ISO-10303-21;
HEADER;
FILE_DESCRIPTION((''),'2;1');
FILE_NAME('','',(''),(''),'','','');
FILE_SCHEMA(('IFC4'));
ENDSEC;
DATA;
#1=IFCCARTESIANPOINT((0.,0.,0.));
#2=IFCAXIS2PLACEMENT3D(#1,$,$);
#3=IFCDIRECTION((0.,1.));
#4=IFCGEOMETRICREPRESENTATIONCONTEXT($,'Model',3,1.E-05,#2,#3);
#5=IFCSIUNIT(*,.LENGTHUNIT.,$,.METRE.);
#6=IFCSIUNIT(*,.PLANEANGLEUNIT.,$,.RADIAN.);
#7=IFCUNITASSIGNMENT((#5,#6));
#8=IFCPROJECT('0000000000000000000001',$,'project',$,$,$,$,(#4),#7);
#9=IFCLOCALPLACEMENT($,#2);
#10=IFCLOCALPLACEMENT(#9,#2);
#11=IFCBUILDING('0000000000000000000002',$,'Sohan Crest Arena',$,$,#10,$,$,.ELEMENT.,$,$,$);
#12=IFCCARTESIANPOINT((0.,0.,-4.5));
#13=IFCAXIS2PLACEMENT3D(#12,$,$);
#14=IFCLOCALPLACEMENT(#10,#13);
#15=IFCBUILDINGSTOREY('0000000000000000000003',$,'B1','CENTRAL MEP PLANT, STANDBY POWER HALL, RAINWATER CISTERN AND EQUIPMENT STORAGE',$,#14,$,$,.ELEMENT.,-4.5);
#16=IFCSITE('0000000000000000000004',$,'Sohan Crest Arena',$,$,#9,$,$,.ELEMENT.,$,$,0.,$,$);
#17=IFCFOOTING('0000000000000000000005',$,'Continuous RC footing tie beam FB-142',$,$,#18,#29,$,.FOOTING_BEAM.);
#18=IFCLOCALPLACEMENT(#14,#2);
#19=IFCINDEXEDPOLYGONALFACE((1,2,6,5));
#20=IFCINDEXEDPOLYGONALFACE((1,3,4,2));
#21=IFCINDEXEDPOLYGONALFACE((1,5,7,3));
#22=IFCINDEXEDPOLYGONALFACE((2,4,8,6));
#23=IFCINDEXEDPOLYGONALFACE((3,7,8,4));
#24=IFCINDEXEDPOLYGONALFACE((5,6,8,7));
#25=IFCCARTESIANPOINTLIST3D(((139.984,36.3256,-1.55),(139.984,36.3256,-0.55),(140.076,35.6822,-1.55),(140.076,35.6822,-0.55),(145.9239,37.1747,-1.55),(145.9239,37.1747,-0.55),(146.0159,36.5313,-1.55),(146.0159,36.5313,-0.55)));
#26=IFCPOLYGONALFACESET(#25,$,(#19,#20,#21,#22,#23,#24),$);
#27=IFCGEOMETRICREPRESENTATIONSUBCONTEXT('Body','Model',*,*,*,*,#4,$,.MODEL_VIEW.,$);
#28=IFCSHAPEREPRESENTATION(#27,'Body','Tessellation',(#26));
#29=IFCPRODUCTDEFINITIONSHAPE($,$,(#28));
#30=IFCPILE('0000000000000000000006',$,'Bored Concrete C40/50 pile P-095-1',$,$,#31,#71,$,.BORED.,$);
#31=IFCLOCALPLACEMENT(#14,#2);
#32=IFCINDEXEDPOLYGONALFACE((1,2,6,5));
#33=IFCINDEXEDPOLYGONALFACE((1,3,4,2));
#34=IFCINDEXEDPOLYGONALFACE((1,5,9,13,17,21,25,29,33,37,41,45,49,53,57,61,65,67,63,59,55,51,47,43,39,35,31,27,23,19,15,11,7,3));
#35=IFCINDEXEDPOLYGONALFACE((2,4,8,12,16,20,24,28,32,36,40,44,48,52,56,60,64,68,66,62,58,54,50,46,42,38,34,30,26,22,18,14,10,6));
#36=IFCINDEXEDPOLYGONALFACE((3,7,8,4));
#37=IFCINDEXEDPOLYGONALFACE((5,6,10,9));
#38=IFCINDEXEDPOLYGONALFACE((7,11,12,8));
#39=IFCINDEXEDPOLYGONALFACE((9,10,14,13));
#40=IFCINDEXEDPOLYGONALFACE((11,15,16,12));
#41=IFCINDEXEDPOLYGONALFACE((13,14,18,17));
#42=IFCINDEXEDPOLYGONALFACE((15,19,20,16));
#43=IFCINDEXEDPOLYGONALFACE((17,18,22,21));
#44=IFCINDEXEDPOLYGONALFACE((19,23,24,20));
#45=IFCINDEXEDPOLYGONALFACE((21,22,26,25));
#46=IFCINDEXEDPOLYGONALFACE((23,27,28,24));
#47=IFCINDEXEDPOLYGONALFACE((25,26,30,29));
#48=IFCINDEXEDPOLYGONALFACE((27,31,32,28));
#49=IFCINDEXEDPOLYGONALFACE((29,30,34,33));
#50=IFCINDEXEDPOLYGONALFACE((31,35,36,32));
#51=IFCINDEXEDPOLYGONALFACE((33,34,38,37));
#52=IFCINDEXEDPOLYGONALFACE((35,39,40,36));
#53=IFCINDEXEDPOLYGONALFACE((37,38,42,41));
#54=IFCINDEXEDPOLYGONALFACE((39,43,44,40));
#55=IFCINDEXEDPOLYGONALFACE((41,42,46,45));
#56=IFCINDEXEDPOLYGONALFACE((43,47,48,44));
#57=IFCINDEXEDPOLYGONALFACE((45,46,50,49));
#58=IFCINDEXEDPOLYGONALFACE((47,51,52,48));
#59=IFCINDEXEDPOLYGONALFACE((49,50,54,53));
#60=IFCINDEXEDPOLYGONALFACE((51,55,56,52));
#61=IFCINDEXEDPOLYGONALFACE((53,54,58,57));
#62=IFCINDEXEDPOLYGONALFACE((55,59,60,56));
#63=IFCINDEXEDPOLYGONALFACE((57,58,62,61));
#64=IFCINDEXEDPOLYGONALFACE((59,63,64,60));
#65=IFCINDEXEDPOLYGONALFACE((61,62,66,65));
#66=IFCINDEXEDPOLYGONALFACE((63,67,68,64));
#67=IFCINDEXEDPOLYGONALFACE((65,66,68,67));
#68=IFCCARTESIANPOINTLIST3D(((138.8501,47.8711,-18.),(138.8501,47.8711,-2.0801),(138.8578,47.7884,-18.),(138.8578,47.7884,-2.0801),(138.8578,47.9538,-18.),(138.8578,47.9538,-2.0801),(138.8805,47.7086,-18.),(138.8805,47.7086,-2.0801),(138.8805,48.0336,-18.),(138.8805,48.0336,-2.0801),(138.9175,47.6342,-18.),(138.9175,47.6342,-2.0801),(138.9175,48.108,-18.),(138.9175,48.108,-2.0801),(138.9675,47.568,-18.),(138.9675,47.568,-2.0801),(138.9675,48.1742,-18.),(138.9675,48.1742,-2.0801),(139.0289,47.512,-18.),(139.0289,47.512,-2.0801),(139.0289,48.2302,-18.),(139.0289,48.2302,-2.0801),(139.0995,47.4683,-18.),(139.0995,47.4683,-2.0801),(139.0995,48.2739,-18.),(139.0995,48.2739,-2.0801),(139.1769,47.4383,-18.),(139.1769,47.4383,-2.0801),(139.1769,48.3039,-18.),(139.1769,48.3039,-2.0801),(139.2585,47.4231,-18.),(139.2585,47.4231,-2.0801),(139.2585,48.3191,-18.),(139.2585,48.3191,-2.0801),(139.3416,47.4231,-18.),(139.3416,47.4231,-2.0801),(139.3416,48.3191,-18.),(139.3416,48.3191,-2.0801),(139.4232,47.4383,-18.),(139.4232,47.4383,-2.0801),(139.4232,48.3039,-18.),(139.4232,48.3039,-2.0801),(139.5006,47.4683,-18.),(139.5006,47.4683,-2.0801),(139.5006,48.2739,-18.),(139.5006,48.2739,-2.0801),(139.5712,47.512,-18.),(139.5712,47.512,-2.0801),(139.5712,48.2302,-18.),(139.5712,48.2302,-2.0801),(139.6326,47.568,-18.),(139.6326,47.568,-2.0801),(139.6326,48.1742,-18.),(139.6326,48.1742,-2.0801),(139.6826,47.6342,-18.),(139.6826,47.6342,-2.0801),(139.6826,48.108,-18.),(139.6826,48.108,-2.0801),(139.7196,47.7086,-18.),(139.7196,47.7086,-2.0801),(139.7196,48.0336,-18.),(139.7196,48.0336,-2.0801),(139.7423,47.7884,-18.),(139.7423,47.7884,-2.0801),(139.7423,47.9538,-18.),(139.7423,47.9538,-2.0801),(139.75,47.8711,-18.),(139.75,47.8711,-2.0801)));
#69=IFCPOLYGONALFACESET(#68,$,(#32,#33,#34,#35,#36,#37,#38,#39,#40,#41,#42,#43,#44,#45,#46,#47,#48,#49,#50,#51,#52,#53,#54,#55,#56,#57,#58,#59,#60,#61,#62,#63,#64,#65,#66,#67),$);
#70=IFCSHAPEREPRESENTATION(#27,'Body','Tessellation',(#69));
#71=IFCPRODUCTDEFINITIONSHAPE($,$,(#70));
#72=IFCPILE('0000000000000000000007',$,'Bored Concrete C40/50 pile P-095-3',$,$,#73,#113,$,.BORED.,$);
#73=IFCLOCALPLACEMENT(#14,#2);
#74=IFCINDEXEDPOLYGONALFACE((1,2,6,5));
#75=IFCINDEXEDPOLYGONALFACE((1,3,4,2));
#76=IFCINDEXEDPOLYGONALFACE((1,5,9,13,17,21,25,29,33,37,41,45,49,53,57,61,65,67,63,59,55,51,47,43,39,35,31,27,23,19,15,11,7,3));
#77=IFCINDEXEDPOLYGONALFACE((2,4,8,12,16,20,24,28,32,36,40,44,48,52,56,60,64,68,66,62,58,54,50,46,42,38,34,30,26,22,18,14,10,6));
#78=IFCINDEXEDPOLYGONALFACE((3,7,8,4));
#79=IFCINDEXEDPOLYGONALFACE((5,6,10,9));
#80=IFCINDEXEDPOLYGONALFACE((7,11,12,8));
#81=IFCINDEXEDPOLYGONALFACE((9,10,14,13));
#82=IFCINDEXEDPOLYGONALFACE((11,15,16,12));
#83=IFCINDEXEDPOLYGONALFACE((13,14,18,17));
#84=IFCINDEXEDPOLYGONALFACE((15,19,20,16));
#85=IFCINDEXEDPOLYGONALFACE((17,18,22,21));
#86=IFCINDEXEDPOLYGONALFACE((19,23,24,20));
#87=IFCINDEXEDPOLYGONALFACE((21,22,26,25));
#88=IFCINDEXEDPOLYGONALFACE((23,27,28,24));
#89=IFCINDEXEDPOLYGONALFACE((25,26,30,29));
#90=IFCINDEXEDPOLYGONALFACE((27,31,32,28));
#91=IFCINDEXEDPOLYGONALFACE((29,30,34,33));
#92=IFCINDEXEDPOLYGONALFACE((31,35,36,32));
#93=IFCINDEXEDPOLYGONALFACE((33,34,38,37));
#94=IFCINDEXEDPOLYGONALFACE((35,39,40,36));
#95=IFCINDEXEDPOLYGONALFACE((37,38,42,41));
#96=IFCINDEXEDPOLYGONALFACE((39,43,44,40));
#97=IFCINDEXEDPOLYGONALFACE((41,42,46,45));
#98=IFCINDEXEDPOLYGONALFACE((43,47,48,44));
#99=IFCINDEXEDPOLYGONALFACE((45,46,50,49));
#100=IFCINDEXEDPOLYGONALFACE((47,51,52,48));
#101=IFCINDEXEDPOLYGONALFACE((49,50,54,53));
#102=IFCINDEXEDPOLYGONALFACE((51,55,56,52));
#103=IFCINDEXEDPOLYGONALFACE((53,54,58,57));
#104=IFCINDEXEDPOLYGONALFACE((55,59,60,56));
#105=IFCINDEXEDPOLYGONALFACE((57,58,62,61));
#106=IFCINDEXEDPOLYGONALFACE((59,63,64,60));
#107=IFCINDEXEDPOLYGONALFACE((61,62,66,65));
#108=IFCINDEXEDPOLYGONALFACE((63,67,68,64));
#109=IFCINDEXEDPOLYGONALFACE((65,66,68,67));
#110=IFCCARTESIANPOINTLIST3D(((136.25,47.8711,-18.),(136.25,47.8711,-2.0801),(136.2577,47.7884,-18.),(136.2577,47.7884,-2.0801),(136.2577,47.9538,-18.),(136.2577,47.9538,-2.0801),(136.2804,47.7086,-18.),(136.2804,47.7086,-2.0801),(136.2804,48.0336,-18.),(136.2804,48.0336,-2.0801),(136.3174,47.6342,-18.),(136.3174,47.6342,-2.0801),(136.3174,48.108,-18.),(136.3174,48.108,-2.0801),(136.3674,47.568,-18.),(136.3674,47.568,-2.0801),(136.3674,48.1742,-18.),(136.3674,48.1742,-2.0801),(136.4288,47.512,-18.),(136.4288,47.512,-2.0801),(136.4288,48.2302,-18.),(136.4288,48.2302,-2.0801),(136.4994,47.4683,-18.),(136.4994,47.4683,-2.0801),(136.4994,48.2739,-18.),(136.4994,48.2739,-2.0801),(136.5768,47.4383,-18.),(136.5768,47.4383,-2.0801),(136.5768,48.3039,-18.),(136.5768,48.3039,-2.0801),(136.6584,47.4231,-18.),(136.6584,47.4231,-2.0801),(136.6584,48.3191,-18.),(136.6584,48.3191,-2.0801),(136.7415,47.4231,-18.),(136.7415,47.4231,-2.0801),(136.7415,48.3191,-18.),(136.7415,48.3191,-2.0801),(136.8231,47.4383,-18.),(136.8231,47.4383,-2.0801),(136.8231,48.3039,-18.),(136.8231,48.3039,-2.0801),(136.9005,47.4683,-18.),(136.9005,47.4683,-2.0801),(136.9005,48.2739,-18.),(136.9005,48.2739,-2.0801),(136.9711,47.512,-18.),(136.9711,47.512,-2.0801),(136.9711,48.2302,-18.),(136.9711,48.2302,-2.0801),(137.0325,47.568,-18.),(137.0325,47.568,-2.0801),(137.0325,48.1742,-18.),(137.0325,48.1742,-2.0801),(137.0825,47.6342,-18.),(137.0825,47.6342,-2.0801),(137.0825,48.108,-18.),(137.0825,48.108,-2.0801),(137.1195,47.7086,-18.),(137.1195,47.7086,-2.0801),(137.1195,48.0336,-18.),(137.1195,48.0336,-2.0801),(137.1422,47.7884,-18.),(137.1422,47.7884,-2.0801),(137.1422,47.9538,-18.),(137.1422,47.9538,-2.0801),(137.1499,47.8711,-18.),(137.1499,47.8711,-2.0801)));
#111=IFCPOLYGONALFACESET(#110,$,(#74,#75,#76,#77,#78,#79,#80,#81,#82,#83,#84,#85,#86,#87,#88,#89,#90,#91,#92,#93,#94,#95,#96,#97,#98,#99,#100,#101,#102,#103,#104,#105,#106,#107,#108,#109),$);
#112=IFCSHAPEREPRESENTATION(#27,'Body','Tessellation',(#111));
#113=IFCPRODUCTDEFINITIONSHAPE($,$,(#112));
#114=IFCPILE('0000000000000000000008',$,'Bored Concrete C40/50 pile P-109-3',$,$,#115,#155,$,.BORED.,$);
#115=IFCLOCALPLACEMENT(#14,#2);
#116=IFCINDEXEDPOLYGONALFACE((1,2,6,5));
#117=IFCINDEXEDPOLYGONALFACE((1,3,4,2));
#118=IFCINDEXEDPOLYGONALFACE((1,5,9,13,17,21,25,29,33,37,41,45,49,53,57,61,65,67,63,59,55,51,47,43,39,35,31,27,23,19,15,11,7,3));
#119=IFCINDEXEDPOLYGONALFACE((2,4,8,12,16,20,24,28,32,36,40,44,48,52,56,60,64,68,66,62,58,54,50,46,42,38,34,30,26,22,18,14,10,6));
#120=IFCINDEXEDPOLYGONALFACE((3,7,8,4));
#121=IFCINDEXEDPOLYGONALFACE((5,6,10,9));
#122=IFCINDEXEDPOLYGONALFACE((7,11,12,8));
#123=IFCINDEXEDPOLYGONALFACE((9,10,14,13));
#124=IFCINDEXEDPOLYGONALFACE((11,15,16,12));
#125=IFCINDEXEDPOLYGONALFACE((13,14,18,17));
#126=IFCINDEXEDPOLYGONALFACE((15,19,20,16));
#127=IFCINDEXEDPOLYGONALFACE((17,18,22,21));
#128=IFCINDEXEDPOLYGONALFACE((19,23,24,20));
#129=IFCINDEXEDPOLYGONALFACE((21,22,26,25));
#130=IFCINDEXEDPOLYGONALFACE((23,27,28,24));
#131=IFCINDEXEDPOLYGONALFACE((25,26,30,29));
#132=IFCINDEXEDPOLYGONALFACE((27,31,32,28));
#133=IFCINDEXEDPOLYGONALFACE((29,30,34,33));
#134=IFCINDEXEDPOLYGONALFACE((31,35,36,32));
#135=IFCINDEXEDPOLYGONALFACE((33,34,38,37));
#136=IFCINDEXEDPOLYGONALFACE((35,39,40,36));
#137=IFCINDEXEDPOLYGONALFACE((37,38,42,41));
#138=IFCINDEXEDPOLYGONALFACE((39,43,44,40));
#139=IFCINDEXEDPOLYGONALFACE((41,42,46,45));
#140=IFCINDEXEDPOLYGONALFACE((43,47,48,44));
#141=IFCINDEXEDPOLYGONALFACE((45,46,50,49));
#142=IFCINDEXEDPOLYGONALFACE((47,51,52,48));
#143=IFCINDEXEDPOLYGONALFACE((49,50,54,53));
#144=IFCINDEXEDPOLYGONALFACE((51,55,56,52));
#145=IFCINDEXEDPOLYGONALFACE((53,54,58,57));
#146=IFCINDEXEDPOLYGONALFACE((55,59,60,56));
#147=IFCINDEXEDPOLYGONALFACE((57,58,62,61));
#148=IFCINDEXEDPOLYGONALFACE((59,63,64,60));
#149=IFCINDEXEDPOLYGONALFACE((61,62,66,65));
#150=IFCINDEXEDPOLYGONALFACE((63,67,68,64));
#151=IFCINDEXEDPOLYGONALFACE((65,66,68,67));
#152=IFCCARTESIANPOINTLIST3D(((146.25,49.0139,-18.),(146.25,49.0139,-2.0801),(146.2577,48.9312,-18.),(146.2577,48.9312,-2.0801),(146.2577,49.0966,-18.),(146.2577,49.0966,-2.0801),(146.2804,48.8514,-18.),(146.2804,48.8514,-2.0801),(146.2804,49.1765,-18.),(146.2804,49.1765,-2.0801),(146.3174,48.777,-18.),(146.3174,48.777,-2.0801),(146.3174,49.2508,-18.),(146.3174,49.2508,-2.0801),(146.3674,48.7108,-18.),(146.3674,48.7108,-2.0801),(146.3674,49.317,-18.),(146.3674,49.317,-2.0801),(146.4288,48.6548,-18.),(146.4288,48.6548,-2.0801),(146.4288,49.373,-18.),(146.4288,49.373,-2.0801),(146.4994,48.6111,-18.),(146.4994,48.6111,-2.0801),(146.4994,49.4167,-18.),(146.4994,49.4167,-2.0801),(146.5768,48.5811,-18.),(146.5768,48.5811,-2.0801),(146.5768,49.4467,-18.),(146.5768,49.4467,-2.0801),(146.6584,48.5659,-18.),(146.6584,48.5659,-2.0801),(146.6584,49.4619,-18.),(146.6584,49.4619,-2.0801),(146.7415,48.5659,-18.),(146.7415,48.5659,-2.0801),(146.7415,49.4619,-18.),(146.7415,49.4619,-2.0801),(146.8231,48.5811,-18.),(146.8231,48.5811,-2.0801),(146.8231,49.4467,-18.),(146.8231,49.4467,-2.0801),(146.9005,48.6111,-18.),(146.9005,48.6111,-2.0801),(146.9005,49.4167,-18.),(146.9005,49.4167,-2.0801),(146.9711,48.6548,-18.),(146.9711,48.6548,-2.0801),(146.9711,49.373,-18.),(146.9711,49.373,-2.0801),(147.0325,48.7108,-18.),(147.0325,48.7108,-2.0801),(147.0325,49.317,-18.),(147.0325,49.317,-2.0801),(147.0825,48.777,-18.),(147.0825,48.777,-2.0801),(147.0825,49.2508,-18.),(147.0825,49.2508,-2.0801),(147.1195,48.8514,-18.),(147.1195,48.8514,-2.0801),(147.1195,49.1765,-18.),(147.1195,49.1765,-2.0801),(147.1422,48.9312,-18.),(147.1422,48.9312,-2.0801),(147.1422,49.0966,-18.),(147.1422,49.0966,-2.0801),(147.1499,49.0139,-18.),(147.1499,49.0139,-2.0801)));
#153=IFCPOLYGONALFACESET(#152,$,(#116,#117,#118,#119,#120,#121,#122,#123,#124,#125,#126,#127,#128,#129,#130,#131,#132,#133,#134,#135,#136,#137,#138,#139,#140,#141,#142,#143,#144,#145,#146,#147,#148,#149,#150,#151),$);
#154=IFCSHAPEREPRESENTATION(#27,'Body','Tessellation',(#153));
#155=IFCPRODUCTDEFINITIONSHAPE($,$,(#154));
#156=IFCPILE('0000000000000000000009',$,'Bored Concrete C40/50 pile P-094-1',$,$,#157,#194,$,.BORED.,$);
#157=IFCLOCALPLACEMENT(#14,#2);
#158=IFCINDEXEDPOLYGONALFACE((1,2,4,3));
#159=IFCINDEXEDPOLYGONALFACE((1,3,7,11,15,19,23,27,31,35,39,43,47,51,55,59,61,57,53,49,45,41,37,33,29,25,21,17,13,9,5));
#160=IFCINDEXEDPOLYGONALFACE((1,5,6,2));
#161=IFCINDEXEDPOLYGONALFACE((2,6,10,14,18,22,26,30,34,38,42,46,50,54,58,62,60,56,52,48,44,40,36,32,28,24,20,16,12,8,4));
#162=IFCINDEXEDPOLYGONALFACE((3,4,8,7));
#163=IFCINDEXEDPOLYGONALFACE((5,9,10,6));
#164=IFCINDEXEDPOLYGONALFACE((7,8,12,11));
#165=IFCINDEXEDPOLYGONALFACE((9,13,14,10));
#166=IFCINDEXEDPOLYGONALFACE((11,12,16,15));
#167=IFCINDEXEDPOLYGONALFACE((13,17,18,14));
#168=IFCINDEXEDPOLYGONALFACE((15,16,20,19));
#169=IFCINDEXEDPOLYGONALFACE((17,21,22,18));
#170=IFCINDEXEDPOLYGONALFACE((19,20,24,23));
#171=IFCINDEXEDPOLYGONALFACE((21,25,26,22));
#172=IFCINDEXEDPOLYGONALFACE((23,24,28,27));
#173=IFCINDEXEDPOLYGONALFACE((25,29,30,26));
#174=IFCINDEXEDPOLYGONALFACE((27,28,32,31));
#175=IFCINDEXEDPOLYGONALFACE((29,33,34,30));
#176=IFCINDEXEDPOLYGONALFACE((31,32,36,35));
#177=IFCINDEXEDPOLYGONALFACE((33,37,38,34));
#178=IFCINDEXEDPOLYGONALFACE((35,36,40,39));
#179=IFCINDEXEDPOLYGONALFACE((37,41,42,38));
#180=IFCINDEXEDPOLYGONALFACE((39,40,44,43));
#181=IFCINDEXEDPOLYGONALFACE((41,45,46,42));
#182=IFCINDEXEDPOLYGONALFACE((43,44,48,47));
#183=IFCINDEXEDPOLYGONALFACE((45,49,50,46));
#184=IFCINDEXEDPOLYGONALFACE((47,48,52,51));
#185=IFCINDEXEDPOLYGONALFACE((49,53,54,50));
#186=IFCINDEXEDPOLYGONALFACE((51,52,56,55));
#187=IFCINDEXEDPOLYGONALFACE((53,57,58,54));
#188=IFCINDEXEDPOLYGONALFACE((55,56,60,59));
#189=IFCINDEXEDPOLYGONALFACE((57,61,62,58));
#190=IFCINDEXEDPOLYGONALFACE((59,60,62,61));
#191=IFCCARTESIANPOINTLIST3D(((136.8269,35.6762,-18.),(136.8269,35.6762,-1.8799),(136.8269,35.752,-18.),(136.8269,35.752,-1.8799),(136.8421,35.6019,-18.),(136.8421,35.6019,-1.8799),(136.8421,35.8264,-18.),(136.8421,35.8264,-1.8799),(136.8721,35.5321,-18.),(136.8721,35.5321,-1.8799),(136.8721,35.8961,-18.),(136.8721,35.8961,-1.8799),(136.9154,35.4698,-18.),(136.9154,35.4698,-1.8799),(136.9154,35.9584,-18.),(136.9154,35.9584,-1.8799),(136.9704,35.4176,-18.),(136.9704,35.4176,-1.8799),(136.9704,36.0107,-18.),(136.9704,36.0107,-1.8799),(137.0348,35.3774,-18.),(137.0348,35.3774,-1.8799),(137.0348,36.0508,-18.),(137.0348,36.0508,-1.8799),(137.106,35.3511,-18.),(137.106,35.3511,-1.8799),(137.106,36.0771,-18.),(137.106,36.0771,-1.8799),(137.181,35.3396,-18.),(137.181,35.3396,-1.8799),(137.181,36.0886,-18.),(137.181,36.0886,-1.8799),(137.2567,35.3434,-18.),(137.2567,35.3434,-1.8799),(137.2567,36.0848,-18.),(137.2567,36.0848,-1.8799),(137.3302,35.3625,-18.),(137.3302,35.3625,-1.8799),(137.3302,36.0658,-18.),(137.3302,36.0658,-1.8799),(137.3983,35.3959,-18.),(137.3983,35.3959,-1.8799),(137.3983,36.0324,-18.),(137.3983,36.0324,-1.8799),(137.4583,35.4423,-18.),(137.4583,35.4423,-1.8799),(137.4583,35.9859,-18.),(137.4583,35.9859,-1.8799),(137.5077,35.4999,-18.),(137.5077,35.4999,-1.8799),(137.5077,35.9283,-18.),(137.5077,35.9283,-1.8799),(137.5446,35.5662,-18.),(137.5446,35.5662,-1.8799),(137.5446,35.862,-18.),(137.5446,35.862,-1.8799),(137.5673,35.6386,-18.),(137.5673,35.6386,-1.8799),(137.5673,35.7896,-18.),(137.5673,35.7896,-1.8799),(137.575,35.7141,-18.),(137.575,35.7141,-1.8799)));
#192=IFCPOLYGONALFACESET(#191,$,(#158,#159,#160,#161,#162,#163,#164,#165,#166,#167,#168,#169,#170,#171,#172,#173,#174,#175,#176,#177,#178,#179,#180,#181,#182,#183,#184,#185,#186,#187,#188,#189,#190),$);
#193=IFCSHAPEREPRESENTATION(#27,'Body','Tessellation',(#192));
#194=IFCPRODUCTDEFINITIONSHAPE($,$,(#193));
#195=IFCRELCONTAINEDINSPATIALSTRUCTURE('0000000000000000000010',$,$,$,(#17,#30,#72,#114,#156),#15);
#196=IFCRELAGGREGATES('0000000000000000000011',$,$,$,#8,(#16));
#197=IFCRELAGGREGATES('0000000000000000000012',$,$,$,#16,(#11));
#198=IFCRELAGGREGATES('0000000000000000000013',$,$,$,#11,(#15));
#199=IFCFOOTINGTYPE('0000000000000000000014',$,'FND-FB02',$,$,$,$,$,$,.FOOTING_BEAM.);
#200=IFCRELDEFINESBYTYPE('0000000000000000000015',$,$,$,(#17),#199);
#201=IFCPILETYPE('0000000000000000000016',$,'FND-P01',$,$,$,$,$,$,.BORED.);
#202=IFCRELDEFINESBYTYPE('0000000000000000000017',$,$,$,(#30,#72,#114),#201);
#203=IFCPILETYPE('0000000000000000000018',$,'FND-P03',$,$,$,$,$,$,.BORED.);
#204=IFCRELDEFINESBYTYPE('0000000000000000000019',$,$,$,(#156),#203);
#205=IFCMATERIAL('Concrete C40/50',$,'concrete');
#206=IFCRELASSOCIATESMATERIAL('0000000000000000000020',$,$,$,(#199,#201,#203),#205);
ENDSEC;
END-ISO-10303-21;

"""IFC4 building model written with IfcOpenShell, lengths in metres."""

from ifc_helpers import new_model, si_unit, direction, frame, origin, origin_2d, place, context, subcontext, project, spatial, rectangle, circle, extrude, material, material_profile, profile_set, type_object, element, save


model = new_model("IFC4")

# Units and contexts
model_context = context("Model", 3, precision=1e-05, world=origin(), true_north=direction((0.0, 1.0)))
body_context = subcontext(model_context, "Body", "Model", "MODEL_VIEW")
ifc_project = project(units=[si_unit("LENGTHUNIT", "METRE"), si_unit("PLANEANGLEUNIT", "RADIAN")], contexts=[model_context])

# Site, building, storey
site_placement = place(None, origin())
site = spatial("IfcSite", under=ifc_project, at=site_placement, Name="Sohan Crest Arena", CompositionType="ELEMENT", RefElevation=0.0)
building_placement = place(site_placement, origin())
building = spatial("IfcBuilding", under=site, at=building_placement, Name="Sohan Crest Arena", CompositionType="ELEMENT")
storey_placement = place(building_placement, frame((0.0, 0.0, -4.5)))
storey = spatial("IfcBuildingStorey", under=building, at=storey_placement, Name="B1", Description="CENTRAL MEP PLANT, STANDBY POWER HALL, RAINWATER CISTERN AND EQUIPMENT STORAGE", CompositionType="ELEMENT", Elevation=-4.5)

# Footing
ifc_material_1 = material(Name="Concrete C40/50", Category="concrete")
ifc_material_profile_1 = material_profile(ifc_material_1, rectangle(XDim=0.6499, YDim=1.0, at=origin_2d()), Name="RC-FB 650x1000")
ifc_profile_set_1 = profile_set([ifc_material_profile_1], Name="Concrete C40/50")
footing_type_1 = type_object("IfcFootingType", Name="FND-FB02", PredefinedType="FOOTING_BEAM", material=ifc_profile_set_1)
footing_1_placement = place(storey_placement, frame((140.03, 36.0039, -1.05), z_axis=(0.989936, 0.141512, 0.0), x_axis=(-0.141512, 0.989936, 0.0)))
element("IfcFooting", 1, at=footing_1_placement, inside=storey, type_object=footing_type_1, Name="Continuous RC footing tie beam FB-142", PredefinedType="FOOTING_BEAM", context=body_context, shape_type="SweptSolid", body=[
    extrude(rectangle(XDim=0.6499, YDim=1.0, at=origin_2d()), origin(), (0.0, 0.0, 1.0), 6.0002),
])

# Piles
ifc_material_profile_2 = material_profile(ifc_material_1, circle(Radius=0.45, at=origin_2d()), Name="PILE D900")
ifc_profile_set_2 = profile_set([ifc_material_profile_2], Name="Concrete C40/50")
pile_type_1 = type_object("IfcPileType", Name="FND-P01", PredefinedType="BORED", material=ifc_profile_set_2)
for number, where, z_axis, x_axis, name in (
    (2, (139.3, 47.8711, -18.0), (0.0, 0.0, 1.0), (1.0, 0.0, 0.0), "Bored Concrete C40/50 pile P-095-1"),
    (3, (136.7, 47.8711, -18.0), (0.0, 0.0, 1.0), (1.0, 0.0, 0.0), "Bored Concrete C40/50 pile P-095-3"),
    (4, (146.7, 49.0139, -18.0), (0.0, 0.0, 1.0), (1.0, 0.0, 0.0), "Bored Concrete C40/50 pile P-109-3"),
):
    element("IfcPile", number, at=place(storey_placement, frame(where, z_axis=z_axis, x_axis=x_axis)), inside=storey, type_object=pile_type_1, Name=name, PredefinedType="BORED", context=body_context, shape_type="SweptSolid", body=[
        extrude(circle(Radius=0.45, at=origin_2d()), origin(), (0.0, 0.0, 1.0), 15.9199),
    ])
ifc_material_profile_3 = material_profile(ifc_material_1, circle(Radius=0.375, at=origin_2d()), Name="PILE D750")
ifc_profile_set_3 = profile_set([ifc_material_profile_3], Name="Concrete C40/50")
pile_type_2 = type_object("IfcPileType", Name="FND-P03", PredefinedType="BORED", material=ifc_profile_set_3)
for number, where, z_axis, x_axis, name in (
    (5, (137.2, 35.7141, -18.0), (0.0, 0.0, 1.0), (1.0, 0.0, 0.0), "Bored Concrete C40/50 pile P-094-1"),
):
    element("IfcPile", number, at=place(storey_placement, frame(where, z_axis=z_axis, x_axis=x_axis)), inside=storey, type_object=pile_type_2, Name=name, PredefinedType="BORED", context=body_context, shape_type="SweptSolid", body=[
        extrude(circle(Radius=0.375, at=origin_2d()), origin(), (0.0, 0.0, 1.0), 16.1201),
    ])

save(model, "model.ifc")
